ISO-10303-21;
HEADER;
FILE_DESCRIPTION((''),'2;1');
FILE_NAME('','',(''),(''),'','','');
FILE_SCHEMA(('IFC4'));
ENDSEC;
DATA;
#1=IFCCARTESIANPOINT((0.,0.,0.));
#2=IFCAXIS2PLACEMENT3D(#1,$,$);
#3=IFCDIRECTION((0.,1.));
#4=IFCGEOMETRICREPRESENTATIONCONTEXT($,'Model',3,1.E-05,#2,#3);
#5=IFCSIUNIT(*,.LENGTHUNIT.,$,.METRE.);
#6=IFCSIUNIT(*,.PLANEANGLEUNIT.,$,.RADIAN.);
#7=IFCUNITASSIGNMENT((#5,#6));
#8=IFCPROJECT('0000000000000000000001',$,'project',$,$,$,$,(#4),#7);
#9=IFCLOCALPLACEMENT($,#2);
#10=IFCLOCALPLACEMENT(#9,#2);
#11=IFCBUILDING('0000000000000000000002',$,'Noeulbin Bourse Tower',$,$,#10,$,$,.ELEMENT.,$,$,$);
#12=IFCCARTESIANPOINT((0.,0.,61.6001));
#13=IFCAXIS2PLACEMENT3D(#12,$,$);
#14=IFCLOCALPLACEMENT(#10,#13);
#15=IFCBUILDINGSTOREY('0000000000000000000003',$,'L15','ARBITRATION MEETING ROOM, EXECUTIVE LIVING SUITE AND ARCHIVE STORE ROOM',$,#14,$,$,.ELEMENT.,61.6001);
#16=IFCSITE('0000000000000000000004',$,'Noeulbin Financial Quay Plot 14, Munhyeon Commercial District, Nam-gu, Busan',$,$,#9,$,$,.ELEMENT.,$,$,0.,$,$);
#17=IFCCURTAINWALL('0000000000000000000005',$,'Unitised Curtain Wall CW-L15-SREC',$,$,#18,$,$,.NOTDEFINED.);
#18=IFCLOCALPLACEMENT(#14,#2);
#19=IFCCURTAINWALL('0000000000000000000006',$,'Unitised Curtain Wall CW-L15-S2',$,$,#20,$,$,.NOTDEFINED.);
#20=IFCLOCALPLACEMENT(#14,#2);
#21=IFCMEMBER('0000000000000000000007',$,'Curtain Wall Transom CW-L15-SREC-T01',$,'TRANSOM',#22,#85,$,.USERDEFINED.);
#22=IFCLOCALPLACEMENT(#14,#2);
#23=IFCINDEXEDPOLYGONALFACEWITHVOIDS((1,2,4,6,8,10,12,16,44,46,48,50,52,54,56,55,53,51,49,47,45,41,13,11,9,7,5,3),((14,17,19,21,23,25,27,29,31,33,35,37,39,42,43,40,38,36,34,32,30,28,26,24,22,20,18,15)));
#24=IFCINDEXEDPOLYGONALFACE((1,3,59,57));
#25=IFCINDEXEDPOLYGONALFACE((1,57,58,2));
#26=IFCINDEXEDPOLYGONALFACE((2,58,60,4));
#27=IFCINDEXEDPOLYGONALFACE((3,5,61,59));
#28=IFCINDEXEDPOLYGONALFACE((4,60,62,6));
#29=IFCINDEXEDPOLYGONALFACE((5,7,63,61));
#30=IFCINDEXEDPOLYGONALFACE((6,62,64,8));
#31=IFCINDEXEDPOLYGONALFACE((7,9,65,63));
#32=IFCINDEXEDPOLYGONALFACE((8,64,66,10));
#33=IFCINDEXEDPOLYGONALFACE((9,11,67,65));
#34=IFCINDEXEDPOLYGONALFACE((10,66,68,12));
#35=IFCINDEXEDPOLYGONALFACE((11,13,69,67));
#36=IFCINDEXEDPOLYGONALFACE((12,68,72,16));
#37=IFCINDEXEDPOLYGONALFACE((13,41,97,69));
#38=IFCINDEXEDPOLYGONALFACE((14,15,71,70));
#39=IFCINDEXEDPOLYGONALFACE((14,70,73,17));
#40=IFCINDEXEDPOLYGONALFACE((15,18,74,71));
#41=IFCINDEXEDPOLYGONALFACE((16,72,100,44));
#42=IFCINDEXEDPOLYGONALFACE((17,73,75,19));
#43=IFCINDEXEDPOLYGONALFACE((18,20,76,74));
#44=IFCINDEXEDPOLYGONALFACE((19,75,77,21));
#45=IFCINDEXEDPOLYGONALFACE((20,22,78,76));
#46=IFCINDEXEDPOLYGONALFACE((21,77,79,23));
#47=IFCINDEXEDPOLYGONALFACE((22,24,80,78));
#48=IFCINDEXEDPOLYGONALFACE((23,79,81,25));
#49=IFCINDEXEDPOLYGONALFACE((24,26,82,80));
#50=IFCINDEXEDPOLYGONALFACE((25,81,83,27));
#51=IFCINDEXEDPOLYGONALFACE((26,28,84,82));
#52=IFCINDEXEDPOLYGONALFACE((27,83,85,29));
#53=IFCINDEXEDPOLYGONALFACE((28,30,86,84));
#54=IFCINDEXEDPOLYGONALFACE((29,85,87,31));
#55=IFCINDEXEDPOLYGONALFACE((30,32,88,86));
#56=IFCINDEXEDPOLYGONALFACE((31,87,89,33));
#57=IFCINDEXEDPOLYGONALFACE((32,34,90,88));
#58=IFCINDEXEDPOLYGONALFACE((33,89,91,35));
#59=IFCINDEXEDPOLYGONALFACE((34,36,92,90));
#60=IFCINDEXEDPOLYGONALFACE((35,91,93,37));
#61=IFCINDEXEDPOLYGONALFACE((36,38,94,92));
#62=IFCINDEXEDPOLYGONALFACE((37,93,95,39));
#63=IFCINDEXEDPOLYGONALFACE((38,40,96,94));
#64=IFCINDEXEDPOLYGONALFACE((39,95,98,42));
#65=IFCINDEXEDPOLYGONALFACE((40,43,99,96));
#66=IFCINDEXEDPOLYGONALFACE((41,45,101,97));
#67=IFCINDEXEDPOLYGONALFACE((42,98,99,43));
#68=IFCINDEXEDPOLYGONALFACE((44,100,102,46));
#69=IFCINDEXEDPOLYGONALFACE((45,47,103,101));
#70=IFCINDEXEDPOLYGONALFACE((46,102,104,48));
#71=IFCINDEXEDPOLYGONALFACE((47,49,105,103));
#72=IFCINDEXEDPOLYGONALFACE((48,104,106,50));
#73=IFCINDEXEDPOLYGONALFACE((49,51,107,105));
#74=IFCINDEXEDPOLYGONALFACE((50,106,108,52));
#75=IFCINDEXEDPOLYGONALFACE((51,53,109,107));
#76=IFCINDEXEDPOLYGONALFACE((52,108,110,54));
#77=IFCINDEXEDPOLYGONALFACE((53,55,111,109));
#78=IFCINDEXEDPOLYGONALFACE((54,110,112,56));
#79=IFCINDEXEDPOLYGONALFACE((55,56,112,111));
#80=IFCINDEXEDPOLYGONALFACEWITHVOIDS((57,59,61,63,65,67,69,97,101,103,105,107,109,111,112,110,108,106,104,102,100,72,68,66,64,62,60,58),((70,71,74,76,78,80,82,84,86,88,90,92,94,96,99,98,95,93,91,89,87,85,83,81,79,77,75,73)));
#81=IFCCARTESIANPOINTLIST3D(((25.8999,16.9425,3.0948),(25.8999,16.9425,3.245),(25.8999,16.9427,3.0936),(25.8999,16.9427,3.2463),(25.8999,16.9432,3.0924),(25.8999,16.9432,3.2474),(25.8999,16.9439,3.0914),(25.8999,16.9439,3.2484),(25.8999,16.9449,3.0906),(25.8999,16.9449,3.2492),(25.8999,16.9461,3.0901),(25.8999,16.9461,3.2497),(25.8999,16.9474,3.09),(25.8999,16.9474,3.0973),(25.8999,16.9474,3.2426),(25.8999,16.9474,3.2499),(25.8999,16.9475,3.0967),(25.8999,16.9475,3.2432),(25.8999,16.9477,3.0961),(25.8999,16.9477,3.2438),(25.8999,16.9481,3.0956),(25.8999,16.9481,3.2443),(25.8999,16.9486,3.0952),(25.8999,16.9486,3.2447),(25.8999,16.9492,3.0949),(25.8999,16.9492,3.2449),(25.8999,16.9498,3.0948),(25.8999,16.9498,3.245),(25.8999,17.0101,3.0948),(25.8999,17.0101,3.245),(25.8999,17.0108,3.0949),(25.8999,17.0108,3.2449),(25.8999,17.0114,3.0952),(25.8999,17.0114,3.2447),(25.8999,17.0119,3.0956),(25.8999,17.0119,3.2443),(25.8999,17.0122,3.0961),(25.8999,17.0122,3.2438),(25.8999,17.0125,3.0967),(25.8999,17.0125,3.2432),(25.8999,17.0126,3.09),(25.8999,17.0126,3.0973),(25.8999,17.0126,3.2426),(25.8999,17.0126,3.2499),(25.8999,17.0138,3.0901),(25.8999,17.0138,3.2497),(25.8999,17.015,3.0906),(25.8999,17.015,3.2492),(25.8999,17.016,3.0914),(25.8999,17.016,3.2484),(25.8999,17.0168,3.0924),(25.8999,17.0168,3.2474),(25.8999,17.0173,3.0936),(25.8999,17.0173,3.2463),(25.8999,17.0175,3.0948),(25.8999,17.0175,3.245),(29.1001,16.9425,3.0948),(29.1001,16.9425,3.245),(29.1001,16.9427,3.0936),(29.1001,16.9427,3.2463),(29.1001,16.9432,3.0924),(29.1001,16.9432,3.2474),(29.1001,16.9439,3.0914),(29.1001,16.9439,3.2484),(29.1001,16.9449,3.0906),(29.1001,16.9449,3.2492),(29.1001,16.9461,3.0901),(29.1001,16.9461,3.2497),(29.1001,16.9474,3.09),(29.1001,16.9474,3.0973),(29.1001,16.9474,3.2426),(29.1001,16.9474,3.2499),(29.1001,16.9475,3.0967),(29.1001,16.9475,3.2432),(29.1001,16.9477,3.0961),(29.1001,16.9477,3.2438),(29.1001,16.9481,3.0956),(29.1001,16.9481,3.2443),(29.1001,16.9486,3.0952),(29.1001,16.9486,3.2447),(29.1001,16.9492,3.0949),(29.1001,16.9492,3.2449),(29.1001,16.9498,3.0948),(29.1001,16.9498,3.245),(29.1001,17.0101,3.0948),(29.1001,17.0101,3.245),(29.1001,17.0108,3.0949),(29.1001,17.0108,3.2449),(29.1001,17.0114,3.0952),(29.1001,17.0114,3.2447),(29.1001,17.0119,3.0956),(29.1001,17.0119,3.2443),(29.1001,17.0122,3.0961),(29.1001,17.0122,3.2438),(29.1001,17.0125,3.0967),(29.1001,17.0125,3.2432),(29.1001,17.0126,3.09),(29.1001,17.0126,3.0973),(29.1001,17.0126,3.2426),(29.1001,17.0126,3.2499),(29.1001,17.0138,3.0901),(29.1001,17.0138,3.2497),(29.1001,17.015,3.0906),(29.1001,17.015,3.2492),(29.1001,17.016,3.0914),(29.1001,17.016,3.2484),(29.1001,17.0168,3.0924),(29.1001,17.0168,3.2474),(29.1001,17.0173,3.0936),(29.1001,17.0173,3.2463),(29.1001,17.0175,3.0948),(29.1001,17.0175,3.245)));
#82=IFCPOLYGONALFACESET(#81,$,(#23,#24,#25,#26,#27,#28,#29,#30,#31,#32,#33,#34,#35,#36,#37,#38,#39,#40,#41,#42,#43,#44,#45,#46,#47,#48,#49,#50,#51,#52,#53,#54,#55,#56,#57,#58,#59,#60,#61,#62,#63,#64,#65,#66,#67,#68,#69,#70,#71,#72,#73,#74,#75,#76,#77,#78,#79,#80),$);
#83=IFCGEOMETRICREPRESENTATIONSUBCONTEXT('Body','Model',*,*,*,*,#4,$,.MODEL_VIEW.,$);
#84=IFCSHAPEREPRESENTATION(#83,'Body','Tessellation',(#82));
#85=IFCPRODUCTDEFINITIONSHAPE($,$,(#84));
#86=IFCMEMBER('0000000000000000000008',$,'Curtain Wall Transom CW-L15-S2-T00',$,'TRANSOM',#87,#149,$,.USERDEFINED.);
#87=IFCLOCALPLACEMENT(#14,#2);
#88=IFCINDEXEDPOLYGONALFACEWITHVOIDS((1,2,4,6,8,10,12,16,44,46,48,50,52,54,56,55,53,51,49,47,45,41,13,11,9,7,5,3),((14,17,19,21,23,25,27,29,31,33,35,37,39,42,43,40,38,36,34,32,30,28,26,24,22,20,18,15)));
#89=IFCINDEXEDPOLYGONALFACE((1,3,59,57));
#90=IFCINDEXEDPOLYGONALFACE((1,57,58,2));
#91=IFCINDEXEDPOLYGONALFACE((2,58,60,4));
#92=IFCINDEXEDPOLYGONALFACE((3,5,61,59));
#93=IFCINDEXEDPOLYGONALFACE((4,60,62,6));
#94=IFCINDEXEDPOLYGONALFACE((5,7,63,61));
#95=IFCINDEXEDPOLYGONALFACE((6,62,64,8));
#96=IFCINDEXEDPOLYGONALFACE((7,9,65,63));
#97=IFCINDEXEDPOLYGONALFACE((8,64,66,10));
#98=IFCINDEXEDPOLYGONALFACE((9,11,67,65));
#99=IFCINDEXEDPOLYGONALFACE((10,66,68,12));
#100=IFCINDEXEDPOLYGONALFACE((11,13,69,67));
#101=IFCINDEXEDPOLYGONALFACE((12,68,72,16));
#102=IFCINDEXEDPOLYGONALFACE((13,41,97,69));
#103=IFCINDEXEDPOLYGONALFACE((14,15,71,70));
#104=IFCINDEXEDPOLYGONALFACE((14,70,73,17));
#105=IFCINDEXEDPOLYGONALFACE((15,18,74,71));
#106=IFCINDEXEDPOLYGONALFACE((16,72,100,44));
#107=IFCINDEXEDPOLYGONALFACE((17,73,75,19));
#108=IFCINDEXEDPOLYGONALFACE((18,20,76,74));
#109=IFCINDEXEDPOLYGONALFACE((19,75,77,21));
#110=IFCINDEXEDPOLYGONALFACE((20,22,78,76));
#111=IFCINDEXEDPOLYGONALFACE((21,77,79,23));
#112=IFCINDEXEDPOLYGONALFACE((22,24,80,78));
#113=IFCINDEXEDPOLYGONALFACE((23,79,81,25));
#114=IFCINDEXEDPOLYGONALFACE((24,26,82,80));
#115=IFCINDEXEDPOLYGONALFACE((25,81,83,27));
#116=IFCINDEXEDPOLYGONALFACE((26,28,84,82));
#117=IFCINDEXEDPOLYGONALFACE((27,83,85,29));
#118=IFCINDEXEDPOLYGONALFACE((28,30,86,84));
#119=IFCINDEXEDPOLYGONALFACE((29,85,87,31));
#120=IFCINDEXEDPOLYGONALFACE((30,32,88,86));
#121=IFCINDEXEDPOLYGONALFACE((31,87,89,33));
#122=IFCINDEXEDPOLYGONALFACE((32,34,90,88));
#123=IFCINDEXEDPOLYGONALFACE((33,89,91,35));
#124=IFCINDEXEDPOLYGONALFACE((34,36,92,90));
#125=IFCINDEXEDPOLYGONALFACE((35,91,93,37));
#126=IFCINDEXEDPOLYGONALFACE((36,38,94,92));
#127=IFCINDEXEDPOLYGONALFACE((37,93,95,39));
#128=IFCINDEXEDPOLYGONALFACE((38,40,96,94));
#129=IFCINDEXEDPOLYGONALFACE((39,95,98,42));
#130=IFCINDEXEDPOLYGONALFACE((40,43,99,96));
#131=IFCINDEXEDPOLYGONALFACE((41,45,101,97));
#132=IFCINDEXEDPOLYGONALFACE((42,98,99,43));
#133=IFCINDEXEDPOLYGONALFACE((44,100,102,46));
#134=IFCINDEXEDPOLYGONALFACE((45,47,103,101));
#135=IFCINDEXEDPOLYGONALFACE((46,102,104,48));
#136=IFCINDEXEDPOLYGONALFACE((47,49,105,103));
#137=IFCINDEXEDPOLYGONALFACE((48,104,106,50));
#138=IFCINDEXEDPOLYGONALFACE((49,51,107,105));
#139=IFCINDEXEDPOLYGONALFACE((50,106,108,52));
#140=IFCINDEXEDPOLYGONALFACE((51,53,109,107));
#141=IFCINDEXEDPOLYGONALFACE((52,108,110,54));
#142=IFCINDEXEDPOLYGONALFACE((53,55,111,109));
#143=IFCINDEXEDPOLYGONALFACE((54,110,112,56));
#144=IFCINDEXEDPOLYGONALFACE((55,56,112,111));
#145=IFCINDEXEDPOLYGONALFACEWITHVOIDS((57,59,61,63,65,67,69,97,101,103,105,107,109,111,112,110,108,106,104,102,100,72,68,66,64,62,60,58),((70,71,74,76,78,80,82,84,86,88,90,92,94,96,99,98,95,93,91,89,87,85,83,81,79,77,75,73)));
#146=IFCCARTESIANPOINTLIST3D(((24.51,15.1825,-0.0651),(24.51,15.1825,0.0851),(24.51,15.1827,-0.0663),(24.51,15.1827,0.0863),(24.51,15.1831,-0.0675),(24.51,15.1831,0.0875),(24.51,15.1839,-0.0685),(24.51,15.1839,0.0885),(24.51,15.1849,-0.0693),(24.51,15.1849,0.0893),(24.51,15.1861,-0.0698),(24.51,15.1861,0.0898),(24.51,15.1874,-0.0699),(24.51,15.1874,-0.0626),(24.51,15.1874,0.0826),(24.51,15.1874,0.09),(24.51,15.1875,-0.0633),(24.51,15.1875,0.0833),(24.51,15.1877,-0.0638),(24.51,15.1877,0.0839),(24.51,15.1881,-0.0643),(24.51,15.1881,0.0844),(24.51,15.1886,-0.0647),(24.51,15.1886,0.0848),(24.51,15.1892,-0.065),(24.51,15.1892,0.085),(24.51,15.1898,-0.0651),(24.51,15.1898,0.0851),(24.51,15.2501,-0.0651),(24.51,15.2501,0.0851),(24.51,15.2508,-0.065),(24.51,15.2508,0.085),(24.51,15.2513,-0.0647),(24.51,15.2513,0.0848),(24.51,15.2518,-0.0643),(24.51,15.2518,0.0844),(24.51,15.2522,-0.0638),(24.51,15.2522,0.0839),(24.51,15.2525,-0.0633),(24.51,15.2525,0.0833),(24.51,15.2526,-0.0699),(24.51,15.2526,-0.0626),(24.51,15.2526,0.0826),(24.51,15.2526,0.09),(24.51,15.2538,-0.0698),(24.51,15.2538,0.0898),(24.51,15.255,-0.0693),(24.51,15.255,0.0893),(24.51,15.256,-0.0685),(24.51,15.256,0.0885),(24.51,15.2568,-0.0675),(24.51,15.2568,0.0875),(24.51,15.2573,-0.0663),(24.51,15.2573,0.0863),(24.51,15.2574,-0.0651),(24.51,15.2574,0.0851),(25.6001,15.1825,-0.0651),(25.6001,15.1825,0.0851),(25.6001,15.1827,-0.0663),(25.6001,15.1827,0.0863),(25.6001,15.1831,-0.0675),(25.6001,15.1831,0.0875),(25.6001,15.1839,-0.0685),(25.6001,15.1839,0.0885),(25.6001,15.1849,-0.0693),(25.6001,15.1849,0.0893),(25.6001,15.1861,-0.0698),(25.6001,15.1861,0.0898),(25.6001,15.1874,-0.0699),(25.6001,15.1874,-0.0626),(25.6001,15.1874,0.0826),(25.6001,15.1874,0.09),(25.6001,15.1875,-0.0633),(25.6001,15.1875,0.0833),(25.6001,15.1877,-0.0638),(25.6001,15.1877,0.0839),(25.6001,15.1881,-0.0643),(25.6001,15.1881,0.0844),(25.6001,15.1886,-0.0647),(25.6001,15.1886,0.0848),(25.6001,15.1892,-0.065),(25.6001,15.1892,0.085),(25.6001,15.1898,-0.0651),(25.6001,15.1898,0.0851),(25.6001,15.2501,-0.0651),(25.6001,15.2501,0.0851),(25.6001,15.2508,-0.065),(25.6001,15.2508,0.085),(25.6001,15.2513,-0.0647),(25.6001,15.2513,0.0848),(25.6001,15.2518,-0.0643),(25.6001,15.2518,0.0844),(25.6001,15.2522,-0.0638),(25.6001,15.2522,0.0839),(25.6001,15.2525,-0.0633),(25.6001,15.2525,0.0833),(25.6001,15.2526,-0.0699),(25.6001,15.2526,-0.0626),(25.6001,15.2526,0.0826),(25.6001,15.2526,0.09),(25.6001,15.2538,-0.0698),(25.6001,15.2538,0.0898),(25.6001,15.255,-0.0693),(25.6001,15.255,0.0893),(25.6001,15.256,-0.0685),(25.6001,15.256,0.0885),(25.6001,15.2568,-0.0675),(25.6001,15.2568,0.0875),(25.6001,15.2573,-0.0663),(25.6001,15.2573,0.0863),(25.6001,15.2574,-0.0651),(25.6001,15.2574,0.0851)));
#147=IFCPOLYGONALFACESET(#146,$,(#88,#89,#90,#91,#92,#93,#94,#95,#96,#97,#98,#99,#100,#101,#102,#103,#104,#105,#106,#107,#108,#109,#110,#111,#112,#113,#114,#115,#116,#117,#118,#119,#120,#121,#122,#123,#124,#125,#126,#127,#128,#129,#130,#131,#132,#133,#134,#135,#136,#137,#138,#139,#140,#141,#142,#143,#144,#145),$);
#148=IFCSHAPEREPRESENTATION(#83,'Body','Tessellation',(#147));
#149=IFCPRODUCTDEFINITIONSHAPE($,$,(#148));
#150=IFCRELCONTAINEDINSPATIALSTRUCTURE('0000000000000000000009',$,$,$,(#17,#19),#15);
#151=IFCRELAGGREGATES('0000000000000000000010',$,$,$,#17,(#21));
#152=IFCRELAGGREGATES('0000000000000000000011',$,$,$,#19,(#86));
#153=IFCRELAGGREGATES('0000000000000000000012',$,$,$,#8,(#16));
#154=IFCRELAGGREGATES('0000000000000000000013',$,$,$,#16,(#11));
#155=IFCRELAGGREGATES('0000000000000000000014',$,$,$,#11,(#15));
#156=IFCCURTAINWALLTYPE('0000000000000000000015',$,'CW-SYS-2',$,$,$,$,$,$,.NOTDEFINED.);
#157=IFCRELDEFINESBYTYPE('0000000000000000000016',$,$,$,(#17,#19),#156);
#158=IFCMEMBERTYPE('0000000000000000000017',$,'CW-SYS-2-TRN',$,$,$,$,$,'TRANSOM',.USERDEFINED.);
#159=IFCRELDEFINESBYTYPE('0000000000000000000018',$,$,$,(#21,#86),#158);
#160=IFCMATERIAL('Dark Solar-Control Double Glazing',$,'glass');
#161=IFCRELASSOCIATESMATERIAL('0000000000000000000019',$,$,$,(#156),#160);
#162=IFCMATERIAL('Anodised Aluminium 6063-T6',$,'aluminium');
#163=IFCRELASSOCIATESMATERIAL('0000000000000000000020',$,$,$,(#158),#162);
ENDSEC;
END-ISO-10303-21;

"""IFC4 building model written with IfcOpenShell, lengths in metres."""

from ifc_helpers import new_model, si_unit, direction, frame, origin, origin_2d, place, context, subcontext, project, spatial, hollow_rectangle, extrude, material, material_profile, profile_set, type_object, element, aggregate, save


model = new_model("IFC4")

# Units and contexts
model_context = context("Model", 3, precision=1e-05, world=origin(), true_north=direction((0.0, 1.0)))
body_context = subcontext(model_context, "Body", "Model", "MODEL_VIEW")
ifc_project = project(units=[si_unit("LENGTHUNIT", "METRE"), si_unit("PLANEANGLEUNIT", "RADIAN")], contexts=[model_context])

# Site, building, storey
site_placement = place(None, origin())
site = spatial("IfcSite", under=ifc_project, at=site_placement, Name="Noeulbin Financial Quay Plot 14, Munhyeon Commercial District, Nam-gu, Busan", CompositionType="ELEMENT", RefElevation=0.0)
building_placement = place(site_placement, origin())
building = spatial("IfcBuilding", under=site, at=building_placement, Name="Noeulbin Bourse Tower", CompositionType="ELEMENT")
storey_placement = place(building_placement, frame((0.0, 0.0, 61.6001)))
storey = spatial("IfcBuildingStorey", under=building, at=storey_placement, Name="L15", Description="ARBITRATION MEETING ROOM, EXECUTIVE LIVING SUITE AND ARCHIVE STORE ROOM", CompositionType="ELEMENT", Elevation=61.6001)

# Curtain wall
ifc_material_1 = material(Name="Dark Solar-Control Double Glazing", Category="glass")
curtain_wall_type = type_object("IfcCurtainWallType", Name="CW-SYS-2", PredefinedType="NOTDEFINED", material=ifc_material_1)
curtain_wall_1_placement = place(storey_placement, origin())
curtain_wall_1 = element("IfcCurtainWall", 1, at=curtain_wall_1_placement, inside=storey, type_object=curtain_wall_type, Name="Unitised Curtain Wall CW-L15-SREC", PredefinedType="NOTDEFINED")
ifc_material_2 = material(Name="Anodised Aluminium 6063-T6", Category="aluminium")

# Curtain wall
curtain_wall_2_placement = place(storey_placement, origin())
curtain_wall_2 = element("IfcCurtainWall", 2, at=curtain_wall_2_placement, inside=storey, type_object=curtain_wall_type, Name="Unitised Curtain Wall CW-L15-S2", PredefinedType="NOTDEFINED")

# Members
ifc_material_profile_1 = material_profile(ifc_material_2, hollow_rectangle(XDim=0.075, YDim=0.1599, WallThickness=0.0049, InnerFilletRadius=0.0024, OuterFilletRadius=0.0049, at=origin_2d()), Name="ALU-TRAN-75x160x5", Category="LoadBearing")
ifc_profile_set_1 = profile_set([ifc_material_profile_1], Name="Anodised Aluminium 6063-T6")
member_type_1 = type_object("IfcMemberType", Name="CW-SYS-2-TRN", ElementType="TRANSOM", PredefinedType="USERDEFINED", material=ifc_profile_set_1)
member_1_placement = place(storey_placement, frame((25.8999, 16.98, 3.1699), z_axis=(1.0, 0.0, 0.0), x_axis=(0.0, 1.0, 0.0)))
member_1 = element("IfcMember", 3, at=member_1_placement, type_object=member_type_1, Name="Curtain Wall Transom CW-L15-SREC-T01", ObjectType="TRANSOM", PredefinedType="USERDEFINED", context=body_context, shape_type="SweptSolid", body=[
    extrude(hollow_rectangle(XDim=0.075, YDim=0.1599, WallThickness=0.0049, InnerFilletRadius=0.0024, OuterFilletRadius=0.0049, at=origin_2d()), origin(), (0.0, 0.0, 1.0), 3.2002),
])
member_2_placement = place(storey_placement, frame((24.51, 15.22, 0.01), z_axis=(1.0, 0.0, 0.0), x_axis=(0.0, 1.0, 0.0)))
member_2 = element("IfcMember", 4, at=member_2_placement, type_object=member_type_1, Name="Curtain Wall Transom CW-L15-S2-T00", ObjectType="TRANSOM", PredefinedType="USERDEFINED", context=body_context, shape_type="SweptSolid", body=[
    extrude(hollow_rectangle(XDim=0.075, YDim=0.1599, WallThickness=0.0049, InnerFilletRadius=0.0024, OuterFilletRadius=0.0049, at=origin_2d()), origin(), (0.0, 0.0, 1.0), 1.0901),
])

aggregate(curtain_wall_1, [member_1])
aggregate(curtain_wall_2, [member_2])

save(model, "model.ifc")
